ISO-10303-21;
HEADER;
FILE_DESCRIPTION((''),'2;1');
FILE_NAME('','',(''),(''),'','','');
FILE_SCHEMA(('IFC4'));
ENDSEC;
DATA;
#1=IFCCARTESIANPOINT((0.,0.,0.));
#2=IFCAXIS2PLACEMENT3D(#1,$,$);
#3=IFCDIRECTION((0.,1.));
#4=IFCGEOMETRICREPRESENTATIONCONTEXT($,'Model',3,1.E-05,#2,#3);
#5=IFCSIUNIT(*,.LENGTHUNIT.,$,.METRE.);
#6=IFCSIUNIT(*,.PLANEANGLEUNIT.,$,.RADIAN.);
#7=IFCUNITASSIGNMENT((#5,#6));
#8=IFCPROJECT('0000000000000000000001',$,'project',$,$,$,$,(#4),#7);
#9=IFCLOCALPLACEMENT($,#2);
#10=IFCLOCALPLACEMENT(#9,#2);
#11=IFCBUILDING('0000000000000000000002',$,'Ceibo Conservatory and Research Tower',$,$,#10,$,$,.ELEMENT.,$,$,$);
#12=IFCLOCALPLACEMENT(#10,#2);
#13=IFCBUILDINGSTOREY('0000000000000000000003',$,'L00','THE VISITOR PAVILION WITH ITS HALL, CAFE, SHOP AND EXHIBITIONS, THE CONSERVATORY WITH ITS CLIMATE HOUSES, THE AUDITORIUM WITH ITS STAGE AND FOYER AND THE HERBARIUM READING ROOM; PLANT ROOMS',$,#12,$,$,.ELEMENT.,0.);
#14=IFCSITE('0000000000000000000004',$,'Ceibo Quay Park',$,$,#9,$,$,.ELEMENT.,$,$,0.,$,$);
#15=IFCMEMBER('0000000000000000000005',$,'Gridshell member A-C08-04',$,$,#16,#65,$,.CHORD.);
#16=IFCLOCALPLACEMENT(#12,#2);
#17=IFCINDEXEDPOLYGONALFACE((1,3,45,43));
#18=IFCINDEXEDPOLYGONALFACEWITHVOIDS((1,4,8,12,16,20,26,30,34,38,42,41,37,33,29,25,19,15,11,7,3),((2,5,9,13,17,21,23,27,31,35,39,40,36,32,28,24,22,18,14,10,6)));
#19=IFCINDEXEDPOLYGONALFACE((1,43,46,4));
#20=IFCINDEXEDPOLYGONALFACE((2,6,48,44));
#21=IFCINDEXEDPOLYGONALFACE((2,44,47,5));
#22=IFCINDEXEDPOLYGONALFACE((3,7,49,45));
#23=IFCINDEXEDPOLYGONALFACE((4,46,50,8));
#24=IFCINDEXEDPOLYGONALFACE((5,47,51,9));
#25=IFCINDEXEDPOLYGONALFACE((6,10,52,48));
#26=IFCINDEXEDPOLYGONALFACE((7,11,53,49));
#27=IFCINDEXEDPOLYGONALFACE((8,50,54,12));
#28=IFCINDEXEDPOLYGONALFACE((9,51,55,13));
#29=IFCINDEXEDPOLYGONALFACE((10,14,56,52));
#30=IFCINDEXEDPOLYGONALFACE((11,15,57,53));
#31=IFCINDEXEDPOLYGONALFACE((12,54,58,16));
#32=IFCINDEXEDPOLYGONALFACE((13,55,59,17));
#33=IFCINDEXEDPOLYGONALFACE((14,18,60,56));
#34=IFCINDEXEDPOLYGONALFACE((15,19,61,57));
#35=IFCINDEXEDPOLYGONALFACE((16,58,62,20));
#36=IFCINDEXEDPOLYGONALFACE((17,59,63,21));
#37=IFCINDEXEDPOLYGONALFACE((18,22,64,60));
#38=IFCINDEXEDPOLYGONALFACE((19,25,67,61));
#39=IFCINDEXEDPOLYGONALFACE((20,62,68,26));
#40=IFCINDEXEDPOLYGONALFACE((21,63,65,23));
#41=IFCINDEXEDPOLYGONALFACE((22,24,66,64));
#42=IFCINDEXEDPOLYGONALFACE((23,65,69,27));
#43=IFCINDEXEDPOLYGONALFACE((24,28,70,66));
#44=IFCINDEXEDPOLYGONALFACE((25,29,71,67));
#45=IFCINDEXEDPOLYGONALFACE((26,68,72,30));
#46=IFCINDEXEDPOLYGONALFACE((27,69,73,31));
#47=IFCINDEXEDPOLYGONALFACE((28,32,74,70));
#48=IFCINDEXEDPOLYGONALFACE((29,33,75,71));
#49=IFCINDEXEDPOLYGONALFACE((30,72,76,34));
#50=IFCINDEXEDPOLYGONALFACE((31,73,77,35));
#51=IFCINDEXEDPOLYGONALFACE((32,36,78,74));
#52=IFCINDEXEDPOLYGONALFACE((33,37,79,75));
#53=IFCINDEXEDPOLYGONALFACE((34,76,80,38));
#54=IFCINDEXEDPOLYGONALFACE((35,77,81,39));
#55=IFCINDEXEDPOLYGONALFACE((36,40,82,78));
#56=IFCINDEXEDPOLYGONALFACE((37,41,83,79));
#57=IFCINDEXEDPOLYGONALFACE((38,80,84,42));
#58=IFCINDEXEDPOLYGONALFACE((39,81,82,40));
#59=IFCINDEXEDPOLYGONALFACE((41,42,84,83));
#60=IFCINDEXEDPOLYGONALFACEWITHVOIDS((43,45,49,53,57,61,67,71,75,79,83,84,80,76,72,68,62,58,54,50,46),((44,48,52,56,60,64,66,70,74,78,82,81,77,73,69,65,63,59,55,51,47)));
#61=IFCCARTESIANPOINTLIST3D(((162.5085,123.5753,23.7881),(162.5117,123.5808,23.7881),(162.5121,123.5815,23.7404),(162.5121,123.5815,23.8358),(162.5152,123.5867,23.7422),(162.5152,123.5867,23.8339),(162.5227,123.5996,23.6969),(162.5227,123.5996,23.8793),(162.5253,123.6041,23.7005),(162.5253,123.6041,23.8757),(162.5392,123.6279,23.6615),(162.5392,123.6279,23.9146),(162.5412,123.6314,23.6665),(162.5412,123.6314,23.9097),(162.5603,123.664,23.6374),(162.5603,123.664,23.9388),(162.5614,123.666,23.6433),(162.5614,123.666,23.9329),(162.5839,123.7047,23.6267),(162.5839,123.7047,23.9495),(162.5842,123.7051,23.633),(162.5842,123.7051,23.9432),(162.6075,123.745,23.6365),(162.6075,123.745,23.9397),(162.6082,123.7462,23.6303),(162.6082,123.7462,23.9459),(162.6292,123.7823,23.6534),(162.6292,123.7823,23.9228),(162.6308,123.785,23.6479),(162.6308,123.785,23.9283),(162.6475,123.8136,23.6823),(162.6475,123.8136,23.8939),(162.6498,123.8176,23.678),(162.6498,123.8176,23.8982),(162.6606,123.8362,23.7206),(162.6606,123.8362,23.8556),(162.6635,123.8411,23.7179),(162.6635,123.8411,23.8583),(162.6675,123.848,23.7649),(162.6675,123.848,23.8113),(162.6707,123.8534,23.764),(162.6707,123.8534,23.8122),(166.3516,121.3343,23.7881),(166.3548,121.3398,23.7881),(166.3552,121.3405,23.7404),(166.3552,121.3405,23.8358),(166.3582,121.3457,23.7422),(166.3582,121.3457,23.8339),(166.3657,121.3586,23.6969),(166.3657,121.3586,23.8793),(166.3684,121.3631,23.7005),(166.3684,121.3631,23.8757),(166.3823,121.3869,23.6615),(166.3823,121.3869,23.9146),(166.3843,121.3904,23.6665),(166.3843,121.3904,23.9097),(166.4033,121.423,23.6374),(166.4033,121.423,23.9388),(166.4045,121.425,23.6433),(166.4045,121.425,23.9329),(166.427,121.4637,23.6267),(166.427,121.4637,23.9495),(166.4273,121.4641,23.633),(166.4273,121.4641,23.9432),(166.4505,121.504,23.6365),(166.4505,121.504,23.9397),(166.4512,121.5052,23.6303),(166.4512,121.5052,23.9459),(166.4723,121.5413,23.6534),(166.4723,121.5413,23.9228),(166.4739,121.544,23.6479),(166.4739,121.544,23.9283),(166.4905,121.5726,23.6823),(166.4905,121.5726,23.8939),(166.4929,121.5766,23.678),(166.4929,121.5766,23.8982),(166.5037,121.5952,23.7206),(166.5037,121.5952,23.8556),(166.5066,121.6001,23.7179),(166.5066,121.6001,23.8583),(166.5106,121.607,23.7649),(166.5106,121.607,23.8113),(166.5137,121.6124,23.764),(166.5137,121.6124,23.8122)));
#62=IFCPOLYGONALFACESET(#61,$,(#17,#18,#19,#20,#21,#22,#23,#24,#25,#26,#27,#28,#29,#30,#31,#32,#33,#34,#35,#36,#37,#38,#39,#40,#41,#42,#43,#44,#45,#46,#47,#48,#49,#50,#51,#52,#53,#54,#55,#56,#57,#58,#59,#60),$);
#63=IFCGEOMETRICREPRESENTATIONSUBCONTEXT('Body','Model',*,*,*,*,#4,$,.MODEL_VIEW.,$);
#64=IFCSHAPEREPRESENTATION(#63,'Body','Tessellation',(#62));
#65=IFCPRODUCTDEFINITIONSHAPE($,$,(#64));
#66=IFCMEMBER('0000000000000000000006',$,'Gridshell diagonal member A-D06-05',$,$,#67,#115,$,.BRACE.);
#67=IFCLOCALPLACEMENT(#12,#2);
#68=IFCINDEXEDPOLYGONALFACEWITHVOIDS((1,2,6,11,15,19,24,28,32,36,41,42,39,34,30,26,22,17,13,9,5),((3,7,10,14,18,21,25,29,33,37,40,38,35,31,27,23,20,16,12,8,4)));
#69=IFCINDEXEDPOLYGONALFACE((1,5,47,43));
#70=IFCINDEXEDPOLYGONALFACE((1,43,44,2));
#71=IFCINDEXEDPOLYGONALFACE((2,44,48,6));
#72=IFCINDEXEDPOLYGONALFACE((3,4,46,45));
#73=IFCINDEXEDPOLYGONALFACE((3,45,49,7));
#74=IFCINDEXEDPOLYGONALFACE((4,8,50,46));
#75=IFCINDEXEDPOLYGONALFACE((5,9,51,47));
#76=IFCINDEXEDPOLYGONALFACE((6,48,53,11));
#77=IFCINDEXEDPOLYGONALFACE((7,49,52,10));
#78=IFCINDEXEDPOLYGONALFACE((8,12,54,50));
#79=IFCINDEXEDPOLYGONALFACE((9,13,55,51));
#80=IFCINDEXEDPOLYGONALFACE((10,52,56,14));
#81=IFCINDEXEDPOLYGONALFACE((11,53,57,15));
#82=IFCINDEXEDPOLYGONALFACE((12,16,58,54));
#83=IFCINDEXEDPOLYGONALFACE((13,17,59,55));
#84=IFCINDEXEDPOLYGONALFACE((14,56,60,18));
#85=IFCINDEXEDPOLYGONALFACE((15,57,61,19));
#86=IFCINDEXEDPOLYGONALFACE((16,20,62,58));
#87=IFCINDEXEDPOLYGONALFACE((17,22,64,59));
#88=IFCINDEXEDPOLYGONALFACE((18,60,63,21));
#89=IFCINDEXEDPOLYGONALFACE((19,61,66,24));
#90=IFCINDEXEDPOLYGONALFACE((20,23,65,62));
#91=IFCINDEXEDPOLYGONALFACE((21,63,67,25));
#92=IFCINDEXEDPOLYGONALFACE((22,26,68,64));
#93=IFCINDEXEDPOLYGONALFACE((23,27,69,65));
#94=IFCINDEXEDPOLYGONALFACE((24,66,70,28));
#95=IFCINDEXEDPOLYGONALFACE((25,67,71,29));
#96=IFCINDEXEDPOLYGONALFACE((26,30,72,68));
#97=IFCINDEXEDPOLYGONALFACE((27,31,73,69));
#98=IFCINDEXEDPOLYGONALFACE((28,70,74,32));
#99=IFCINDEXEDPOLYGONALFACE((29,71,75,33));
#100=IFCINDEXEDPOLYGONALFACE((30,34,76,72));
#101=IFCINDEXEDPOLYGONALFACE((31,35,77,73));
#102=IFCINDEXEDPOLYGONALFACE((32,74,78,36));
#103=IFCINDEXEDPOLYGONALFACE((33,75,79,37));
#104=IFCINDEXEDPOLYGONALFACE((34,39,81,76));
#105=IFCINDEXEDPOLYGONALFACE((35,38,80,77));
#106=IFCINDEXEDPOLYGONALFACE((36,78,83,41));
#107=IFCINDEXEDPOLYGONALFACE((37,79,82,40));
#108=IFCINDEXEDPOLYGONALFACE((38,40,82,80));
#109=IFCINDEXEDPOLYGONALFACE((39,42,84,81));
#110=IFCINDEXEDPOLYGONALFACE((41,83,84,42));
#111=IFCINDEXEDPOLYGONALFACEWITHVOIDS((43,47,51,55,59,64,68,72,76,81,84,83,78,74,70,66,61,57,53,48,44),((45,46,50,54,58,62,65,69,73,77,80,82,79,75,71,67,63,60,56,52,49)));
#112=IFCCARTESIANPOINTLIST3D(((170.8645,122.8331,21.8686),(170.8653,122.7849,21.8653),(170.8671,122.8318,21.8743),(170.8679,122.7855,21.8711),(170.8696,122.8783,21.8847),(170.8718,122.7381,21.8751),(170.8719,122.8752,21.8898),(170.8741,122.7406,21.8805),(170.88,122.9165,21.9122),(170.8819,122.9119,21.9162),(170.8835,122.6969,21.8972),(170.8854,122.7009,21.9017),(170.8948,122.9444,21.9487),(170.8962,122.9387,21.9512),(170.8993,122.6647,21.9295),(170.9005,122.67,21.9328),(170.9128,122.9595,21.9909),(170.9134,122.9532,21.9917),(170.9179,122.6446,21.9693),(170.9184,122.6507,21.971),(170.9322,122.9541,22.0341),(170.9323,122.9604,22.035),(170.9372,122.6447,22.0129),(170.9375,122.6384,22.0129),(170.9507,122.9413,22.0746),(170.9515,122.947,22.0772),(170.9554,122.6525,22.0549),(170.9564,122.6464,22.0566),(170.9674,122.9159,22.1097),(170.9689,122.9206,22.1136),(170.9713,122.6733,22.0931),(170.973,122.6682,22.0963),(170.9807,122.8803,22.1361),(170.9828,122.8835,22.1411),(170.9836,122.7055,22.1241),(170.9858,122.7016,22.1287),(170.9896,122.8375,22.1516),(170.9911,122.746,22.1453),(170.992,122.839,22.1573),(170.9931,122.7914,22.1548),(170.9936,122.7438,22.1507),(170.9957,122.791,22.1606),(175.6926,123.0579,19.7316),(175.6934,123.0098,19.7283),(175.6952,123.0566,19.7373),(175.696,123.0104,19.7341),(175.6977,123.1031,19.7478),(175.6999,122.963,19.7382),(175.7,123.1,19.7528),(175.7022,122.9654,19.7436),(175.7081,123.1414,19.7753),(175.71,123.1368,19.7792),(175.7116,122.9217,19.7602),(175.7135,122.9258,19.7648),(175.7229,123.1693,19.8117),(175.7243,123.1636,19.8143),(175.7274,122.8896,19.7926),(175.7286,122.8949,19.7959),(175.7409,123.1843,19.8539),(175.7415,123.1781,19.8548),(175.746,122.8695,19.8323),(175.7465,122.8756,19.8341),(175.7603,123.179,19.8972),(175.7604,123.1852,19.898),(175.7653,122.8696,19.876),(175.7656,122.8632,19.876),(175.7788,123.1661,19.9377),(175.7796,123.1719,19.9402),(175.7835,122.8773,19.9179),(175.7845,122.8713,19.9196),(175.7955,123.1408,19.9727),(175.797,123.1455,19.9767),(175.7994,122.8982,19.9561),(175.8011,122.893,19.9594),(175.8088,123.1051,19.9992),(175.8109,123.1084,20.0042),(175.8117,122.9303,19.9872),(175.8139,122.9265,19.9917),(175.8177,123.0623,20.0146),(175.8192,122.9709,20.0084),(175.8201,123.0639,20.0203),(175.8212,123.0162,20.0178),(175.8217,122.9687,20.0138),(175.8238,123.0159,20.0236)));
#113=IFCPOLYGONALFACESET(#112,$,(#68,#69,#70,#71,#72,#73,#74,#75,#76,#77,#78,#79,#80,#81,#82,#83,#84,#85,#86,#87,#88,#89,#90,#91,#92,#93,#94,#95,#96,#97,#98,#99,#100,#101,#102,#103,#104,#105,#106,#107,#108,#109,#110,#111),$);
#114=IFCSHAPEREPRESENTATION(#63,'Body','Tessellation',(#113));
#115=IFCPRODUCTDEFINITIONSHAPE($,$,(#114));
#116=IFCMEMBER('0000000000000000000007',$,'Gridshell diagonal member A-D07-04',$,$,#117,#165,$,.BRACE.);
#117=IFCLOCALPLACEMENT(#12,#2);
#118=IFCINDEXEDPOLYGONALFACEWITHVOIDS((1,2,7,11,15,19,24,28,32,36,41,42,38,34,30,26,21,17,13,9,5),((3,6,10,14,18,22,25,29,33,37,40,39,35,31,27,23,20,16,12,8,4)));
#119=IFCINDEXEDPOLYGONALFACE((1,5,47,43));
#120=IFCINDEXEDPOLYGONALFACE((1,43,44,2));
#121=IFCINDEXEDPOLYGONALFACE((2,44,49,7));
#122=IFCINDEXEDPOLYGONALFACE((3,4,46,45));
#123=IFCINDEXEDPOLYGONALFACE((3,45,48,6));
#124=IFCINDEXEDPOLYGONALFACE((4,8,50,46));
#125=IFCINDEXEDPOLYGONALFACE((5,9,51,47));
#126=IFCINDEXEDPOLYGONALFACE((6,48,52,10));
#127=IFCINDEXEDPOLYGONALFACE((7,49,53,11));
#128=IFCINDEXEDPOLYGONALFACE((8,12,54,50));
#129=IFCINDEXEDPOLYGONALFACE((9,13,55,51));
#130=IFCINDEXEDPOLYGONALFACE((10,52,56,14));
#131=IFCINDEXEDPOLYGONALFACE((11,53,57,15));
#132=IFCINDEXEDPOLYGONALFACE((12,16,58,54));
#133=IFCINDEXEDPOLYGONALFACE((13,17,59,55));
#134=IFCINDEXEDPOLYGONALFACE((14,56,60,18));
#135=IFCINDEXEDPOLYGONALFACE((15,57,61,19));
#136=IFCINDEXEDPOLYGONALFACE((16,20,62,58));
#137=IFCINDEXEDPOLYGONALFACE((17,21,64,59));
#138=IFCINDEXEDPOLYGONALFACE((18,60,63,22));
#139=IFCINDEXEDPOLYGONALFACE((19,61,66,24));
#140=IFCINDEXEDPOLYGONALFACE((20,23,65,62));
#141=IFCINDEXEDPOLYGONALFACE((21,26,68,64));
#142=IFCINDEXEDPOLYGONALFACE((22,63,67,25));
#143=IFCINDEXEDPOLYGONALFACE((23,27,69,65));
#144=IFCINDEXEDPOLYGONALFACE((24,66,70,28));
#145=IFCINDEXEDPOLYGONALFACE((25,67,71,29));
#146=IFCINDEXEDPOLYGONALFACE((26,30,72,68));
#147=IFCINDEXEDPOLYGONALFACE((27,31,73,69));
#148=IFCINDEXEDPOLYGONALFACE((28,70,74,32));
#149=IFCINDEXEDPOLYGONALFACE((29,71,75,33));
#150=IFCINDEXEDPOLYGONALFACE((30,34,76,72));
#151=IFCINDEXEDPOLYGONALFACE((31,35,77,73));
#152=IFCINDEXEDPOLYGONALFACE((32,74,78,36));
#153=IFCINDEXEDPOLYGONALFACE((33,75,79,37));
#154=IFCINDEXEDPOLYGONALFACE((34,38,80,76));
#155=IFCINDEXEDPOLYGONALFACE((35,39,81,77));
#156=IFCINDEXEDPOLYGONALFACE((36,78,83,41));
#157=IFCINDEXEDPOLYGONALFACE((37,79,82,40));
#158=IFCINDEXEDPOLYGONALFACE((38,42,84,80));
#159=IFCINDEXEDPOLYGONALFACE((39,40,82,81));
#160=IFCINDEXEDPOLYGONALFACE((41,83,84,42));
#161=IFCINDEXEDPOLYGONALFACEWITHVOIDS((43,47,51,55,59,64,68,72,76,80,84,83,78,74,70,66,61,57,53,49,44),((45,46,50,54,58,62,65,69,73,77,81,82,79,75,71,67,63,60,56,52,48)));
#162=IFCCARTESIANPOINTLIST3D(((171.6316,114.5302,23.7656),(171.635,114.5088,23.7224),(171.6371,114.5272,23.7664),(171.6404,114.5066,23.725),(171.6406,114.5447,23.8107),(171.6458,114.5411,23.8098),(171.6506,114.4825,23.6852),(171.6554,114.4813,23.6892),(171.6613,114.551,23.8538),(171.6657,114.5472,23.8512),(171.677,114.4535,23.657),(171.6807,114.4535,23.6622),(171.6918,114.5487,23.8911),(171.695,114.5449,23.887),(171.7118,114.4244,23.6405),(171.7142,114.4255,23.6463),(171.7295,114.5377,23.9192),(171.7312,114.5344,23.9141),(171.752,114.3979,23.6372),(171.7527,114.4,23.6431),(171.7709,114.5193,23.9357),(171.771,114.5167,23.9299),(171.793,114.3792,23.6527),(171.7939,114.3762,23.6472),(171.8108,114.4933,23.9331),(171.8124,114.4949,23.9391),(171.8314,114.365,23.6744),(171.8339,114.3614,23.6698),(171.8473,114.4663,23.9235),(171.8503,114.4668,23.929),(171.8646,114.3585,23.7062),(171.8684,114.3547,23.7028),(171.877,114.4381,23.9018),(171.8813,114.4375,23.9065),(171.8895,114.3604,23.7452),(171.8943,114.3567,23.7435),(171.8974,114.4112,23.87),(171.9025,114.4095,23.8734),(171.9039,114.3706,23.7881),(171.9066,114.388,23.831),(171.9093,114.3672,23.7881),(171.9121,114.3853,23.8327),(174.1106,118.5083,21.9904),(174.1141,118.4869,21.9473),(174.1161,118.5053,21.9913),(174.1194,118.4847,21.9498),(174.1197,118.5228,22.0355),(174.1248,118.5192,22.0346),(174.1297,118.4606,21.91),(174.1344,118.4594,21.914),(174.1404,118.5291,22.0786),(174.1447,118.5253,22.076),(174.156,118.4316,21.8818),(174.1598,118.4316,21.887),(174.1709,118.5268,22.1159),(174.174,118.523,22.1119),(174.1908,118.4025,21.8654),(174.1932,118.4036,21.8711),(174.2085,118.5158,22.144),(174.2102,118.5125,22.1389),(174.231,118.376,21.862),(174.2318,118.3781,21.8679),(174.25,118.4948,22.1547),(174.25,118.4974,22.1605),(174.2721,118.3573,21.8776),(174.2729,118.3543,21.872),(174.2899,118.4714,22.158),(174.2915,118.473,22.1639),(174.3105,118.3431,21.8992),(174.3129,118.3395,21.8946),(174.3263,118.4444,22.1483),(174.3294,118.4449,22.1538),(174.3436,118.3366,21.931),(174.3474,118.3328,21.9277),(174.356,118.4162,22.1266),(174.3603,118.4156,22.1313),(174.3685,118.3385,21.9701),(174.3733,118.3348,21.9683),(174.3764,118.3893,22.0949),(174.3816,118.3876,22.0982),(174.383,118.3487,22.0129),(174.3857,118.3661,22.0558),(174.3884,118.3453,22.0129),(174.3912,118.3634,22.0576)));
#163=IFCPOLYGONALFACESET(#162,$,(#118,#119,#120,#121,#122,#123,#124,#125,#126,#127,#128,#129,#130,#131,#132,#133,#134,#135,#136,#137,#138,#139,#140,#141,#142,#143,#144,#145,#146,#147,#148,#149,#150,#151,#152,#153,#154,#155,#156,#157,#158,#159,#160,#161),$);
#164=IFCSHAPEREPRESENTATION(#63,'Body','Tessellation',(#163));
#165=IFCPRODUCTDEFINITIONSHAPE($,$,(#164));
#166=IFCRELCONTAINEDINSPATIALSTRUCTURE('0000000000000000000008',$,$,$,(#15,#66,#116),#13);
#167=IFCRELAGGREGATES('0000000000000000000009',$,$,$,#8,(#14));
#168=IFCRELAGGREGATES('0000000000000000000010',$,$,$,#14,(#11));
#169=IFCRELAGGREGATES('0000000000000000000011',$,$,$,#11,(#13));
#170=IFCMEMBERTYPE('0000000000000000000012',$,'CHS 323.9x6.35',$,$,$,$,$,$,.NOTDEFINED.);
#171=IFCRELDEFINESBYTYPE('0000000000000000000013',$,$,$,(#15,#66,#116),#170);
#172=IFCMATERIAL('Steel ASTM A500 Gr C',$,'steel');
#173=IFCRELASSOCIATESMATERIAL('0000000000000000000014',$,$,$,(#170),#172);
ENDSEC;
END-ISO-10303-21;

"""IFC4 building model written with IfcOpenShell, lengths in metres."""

from ifc_helpers import new_model, si_unit, direction, frame, origin, origin_2d, place, context, subcontext, project, spatial, hollow_circle, extrude, material, material_profile, profile_set, type_object, element, save


model = new_model("IFC4")

# Units and contexts
model_context = context("Model", 3, precision=1e-05, world=origin(), true_north=direction((0.0, 1.0)))
body_context = subcontext(model_context, "Body", "Model", "MODEL_VIEW")
ifc_project = project(units=[si_unit("LENGTHUNIT", "METRE"), si_unit("PLANEANGLEUNIT", "RADIAN")], contexts=[model_context])

# Site, building, storey
site_placement = place(None, origin())
site = spatial("IfcSite", under=ifc_project, at=site_placement, Name="Ceibo Quay Park", CompositionType="ELEMENT", RefElevation=0.0)
building_placement = place(site_placement, origin())
building = spatial("IfcBuilding", under=site, at=building_placement, Name="Ceibo Conservatory and Research Tower", CompositionType="ELEMENT")
storey_placement = place(building_placement, origin())
storey = spatial("IfcBuildingStorey", under=building, at=storey_placement, Name="L00", Description="THE VISITOR PAVILION WITH ITS HALL, CAFE, SHOP AND EXHIBITIONS, THE CONSERVATORY WITH ITS CLIMATE HOUSES, THE AUDITORIUM WITH ITS STAGE AND FOYER AND THE HERBARIUM READING ROOM; PLANT ROOMS", CompositionType="ELEMENT", Elevation=0.0)

# Members
ifc_material_1 = material(Name="Steel ASTM A500 Gr C", Category="steel")
ifc_material_profile_1 = material_profile(ifc_material_1, hollow_circle(Radius=0.1619, WallThickness=0.0063, at=origin_2d()), Name="CHS 323.9x6.35")
ifc_profile_set_1 = profile_set([ifc_material_profile_1], Name="Steel ASTM A500 Gr C")
member_type_1 = type_object("IfcMemberType", Name="CHS 323.9x6.35", PredefinedType="NOTDEFINED", material=ifc_profile_set_1)
member_1_placement = place(storey_placement, frame((166.4331, 121.4741, 23.7881), z_axis=(-0.863857, 0.503738, 0.0), x_axis=(-0.503738, -0.863857, 0.0)))
element("IfcMember", 1, at=member_1_placement, inside=storey, type_object=member_type_1, Name="Gridshell member A-C08-04", PredefinedType="CHORD", context=body_context, shape_type="SweptSolid", body=[
    extrude(hollow_circle(Radius=0.1619, WallThickness=0.0063, at=origin_2d()), origin(), (0.0, 0.0, 1.0), 4.4487),
])
member_2_placement = place(storey_placement, frame((175.7581, 123.0249, 19.876), z_axis=(-0.913606, -0.042548, 0.404369), x_axis=(0.046521, -0.998917, 0.0)))
element("IfcMember", 2, at=member_2_placement, inside=storey, type_object=member_type_1, Name="Gridshell diagonal member A-D06-05", PredefinedType="BRACE", context=body_context, shape_type="SweptSolid", body=[
    extrude(hollow_circle(Radius=0.1619, WallThickness=0.0063, at=origin_2d()), origin(), (0.0, 0.0, 1.0), 5.2847),
])
member_3_placement = place(storey_placement, frame((174.251, 118.4309, 22.0129), z_axis=(-0.494602, -0.793682, 0.354171), x_axis=(0.848694, -0.528884, 0.0)))
element("IfcMember", 3, at=member_3_placement, inside=storey, type_object=member_type_1, Name="Gridshell diagonal member A-D07-04", PredefinedType="BRACE", context=body_context, shape_type="SweptSolid", body=[
    extrude(hollow_circle(Radius=0.1619, WallThickness=0.0063, at=origin_2d()), origin(), (0.0, 0.0, 1.0), 5.0122),
])

save(model, "model.ifc")
